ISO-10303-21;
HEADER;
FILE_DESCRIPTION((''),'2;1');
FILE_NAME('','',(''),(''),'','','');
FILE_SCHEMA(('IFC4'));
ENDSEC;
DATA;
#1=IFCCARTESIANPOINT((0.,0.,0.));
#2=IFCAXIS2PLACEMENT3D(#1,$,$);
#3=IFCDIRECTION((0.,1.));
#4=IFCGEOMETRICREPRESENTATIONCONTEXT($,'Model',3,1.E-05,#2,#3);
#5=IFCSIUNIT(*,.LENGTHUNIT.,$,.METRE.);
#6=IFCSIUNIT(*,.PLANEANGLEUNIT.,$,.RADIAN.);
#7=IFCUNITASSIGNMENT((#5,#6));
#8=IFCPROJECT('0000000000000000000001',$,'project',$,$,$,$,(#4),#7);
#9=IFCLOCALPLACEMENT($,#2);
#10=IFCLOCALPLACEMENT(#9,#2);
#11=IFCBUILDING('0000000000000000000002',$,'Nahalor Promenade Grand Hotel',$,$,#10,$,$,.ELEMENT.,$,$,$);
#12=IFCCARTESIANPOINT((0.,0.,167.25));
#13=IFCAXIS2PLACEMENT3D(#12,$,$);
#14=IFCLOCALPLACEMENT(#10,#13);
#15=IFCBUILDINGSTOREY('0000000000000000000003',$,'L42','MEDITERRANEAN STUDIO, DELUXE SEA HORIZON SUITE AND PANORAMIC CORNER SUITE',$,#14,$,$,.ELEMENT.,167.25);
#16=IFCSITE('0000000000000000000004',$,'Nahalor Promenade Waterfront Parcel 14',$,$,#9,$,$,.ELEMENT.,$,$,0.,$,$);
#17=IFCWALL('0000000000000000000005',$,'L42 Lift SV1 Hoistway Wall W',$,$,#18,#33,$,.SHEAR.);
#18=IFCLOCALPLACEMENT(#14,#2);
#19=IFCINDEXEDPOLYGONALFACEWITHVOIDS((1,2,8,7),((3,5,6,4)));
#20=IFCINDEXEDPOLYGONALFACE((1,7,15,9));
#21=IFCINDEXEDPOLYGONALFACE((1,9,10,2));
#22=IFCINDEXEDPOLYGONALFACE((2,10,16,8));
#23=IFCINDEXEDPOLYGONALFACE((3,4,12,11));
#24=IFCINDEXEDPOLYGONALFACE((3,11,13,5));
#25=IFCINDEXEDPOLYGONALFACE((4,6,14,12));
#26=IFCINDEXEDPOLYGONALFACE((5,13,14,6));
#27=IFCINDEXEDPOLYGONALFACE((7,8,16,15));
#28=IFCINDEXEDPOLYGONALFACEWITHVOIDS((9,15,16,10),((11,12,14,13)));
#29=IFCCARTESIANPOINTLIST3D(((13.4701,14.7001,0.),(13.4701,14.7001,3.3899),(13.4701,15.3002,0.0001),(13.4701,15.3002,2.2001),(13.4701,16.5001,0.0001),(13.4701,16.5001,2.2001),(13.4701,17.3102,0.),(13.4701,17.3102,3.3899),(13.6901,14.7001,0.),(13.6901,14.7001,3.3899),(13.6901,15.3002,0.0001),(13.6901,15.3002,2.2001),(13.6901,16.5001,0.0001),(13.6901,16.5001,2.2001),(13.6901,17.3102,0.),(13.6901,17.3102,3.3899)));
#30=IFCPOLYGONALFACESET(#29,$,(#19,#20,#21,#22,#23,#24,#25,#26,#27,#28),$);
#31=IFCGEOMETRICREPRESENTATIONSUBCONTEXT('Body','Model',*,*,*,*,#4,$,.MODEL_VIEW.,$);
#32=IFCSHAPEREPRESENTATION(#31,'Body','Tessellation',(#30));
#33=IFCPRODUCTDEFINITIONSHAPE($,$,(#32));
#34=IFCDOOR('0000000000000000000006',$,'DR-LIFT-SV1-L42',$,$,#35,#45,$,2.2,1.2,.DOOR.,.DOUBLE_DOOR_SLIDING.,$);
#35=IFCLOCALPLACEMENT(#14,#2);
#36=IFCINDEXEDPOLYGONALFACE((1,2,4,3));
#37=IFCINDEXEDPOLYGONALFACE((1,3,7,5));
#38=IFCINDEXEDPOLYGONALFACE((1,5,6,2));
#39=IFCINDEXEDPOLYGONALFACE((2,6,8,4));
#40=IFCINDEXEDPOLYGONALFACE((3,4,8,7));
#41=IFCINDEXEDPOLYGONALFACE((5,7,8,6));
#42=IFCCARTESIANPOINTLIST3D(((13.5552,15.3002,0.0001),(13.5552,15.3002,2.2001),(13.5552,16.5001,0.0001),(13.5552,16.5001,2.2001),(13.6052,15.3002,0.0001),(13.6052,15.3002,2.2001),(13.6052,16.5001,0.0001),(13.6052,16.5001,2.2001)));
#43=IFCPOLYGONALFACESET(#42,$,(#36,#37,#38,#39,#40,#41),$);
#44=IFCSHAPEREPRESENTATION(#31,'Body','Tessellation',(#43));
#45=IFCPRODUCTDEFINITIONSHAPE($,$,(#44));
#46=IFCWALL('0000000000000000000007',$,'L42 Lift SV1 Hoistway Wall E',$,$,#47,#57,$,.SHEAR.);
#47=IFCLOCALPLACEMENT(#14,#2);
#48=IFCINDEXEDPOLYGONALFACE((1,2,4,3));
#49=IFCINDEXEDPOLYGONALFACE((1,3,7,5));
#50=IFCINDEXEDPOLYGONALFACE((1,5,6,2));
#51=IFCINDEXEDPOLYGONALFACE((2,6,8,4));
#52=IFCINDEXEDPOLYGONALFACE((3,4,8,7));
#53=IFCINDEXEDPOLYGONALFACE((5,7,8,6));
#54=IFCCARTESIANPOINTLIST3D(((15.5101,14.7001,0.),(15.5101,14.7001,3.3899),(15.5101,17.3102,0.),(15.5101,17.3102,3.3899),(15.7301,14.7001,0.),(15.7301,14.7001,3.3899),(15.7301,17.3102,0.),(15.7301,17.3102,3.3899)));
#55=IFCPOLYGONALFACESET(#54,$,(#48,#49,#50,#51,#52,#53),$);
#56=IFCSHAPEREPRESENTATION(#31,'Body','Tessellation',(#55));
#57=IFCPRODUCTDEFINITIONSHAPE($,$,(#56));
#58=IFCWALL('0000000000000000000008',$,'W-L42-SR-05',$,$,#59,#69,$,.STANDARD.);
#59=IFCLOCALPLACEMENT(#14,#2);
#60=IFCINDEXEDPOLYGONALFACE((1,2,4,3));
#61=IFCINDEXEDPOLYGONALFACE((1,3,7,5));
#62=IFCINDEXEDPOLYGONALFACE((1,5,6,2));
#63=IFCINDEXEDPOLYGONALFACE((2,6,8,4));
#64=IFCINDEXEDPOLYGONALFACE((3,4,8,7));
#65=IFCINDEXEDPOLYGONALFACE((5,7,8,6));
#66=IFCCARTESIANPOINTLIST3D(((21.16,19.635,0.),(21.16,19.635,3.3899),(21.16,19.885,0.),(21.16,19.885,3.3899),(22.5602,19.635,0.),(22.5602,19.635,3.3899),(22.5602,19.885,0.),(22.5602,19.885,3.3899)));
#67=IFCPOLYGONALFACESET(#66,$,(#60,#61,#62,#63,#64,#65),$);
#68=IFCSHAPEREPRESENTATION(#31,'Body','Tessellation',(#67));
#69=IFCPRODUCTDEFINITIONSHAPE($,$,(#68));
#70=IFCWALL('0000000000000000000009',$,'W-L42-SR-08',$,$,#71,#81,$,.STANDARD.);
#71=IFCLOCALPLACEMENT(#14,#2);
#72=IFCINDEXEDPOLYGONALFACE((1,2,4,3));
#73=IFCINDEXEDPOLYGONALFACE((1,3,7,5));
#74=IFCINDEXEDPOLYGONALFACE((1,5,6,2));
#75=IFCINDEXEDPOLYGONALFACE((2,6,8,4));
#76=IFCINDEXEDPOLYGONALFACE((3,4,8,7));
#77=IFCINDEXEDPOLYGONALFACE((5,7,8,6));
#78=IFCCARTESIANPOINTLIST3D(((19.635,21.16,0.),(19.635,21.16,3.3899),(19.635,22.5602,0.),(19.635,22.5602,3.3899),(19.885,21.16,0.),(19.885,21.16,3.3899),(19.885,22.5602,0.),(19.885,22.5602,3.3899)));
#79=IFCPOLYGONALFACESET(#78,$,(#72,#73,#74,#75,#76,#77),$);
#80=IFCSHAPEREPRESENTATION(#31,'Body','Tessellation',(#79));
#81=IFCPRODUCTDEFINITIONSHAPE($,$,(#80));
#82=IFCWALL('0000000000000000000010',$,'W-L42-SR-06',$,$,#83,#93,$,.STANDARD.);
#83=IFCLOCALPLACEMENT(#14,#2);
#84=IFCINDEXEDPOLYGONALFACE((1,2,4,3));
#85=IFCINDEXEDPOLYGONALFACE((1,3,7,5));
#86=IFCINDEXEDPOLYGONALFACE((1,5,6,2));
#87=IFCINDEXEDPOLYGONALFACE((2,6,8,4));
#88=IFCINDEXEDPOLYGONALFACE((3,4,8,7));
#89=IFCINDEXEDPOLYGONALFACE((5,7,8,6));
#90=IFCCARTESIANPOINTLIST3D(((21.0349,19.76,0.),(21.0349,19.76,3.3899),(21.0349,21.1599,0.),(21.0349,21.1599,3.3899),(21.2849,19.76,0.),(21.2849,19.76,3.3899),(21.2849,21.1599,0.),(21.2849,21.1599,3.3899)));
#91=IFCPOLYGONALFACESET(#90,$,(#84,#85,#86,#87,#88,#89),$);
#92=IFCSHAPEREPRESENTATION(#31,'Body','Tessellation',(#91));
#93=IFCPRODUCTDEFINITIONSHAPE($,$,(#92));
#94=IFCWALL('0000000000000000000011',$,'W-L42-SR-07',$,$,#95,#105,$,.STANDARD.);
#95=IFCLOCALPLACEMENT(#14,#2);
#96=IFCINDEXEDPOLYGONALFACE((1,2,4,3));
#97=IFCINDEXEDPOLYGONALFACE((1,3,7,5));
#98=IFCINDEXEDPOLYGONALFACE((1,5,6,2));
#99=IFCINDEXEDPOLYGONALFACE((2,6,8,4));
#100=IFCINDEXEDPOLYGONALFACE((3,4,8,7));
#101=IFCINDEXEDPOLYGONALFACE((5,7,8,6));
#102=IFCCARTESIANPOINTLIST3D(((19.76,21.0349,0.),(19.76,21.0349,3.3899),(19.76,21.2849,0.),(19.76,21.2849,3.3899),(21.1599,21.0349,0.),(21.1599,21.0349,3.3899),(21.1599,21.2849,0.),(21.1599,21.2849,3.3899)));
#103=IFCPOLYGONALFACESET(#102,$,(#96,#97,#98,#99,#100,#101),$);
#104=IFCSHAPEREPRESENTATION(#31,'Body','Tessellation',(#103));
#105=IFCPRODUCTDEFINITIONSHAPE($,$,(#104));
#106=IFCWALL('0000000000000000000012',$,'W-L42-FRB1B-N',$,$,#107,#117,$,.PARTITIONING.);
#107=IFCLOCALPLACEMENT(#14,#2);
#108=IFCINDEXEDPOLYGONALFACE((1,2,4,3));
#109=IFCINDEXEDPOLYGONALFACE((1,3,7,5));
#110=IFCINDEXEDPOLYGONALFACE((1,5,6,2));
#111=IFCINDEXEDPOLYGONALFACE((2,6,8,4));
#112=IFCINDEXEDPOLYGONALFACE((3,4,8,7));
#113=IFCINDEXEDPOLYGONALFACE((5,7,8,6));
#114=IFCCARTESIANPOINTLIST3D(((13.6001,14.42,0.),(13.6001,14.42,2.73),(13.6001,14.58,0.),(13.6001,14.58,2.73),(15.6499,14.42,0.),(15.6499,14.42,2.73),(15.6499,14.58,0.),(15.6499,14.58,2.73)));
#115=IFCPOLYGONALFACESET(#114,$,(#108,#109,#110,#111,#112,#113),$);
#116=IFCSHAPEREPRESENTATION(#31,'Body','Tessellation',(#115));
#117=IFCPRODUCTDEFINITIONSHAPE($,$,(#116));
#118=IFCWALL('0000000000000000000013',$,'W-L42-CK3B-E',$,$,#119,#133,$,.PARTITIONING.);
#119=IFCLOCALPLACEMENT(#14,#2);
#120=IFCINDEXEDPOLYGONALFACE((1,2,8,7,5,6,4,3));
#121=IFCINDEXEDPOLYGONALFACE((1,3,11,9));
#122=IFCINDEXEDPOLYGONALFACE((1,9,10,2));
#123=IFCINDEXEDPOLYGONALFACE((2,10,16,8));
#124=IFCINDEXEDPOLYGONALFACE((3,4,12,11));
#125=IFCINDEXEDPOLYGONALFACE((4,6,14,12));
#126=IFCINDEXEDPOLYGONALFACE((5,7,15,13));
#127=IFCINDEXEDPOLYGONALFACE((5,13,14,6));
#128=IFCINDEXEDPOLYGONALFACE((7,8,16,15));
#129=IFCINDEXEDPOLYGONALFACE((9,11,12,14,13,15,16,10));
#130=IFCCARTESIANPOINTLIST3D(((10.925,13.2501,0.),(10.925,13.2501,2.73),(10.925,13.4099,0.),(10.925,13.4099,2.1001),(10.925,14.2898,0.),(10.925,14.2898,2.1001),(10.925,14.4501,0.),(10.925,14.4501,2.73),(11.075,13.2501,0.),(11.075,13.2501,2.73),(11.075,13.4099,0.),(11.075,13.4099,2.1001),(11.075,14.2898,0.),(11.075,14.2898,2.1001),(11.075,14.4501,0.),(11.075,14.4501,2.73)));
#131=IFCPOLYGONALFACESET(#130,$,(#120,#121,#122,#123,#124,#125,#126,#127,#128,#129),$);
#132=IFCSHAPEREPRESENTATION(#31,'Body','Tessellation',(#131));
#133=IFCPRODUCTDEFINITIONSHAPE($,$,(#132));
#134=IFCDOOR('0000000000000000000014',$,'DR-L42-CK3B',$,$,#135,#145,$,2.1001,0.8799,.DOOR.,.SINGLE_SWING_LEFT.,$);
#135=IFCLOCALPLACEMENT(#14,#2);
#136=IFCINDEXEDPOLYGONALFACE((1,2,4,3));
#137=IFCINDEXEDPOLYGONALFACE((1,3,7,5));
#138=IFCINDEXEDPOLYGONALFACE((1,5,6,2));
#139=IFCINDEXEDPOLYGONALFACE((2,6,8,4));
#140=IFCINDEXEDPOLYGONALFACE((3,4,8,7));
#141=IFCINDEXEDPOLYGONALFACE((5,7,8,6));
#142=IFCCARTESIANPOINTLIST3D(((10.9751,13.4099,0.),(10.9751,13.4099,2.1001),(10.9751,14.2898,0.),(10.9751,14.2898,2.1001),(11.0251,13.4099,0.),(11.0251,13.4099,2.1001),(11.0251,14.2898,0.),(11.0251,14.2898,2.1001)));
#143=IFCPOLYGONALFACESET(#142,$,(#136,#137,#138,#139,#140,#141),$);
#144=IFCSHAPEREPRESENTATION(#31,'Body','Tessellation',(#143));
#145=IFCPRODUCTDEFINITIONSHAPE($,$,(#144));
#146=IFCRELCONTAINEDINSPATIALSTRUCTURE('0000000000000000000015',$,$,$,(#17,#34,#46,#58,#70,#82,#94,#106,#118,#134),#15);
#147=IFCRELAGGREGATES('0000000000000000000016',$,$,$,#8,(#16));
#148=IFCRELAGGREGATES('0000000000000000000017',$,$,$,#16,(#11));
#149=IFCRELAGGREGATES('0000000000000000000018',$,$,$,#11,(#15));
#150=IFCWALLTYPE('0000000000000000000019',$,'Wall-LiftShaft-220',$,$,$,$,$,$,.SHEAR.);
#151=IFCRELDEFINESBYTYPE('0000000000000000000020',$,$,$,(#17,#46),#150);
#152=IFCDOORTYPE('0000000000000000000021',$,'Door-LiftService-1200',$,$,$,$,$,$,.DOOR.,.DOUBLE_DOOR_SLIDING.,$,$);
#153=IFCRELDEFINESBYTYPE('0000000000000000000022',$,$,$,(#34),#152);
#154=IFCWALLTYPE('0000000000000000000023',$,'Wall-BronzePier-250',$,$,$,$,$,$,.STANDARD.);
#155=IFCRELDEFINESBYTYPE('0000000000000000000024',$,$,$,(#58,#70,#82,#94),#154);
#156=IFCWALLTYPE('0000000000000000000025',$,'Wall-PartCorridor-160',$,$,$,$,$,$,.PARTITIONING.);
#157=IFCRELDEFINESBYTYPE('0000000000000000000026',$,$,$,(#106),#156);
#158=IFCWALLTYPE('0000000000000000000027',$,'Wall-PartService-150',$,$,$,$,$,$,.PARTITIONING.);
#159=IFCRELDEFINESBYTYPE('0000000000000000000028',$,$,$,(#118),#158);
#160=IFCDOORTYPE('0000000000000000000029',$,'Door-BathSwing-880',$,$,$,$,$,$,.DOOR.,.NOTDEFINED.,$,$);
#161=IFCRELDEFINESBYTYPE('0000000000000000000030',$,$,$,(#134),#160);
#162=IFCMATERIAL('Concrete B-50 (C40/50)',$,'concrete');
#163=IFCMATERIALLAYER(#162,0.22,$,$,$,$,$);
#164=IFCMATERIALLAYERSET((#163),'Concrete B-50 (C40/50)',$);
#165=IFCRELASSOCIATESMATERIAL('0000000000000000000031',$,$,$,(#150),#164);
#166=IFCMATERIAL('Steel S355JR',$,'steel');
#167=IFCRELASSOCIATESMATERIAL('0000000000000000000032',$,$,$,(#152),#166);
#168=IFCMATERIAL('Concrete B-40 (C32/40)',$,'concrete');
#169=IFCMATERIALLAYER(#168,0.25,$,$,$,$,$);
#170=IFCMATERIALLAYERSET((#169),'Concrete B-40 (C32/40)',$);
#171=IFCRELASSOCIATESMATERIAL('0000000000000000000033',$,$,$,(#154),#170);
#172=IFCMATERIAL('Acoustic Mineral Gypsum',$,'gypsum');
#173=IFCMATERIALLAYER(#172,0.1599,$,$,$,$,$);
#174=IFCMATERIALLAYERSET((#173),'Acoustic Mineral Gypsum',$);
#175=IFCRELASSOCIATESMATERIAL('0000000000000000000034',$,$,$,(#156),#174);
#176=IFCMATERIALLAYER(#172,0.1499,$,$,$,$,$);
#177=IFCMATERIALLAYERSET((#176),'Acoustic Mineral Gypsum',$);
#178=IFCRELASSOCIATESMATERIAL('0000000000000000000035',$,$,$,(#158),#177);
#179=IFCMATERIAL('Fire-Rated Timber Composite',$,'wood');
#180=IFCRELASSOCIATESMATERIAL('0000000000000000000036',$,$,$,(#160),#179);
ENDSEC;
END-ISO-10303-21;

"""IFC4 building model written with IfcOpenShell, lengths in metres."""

from ifc_helpers import new_model, si_unit, direction, frame, frame_2d, origin, place, context, subcontext, project, spatial, rectangle, extrude, source, transform, mapped, material, layer, layer_set, type_object, element, fill, save


model = new_model("IFC4")

# Units and contexts
model_context = context("Model", 3, precision=1e-05, world=origin(), true_north=direction((0.0, 1.0)))
body_context = subcontext(model_context, "Body", "Model", "MODEL_VIEW")
ifc_project = project(units=[si_unit("LENGTHUNIT", "METRE"), si_unit("PLANEANGLEUNIT", "RADIAN")], contexts=[model_context])

# Site, building, storey
site_placement = place(None, origin())
site = spatial("IfcSite", under=ifc_project, at=site_placement, Name="Nahalor Promenade Waterfront Parcel 14", CompositionType="ELEMENT", RefElevation=0.0)
building_placement = place(site_placement, origin())
building = spatial("IfcBuilding", under=site, at=building_placement, Name="Nahalor Promenade Grand Hotel", CompositionType="ELEMENT")
storey_placement = place(building_placement, frame((0.0, 0.0, 167.25)))
storey = spatial("IfcBuildingStorey", under=building, at=storey_placement, Name="L42", Description="MEDITERRANEAN STUDIO, DELUXE SEA HORIZON SUITE AND PANORAMIC CORNER SUITE", CompositionType="ELEMENT", Elevation=167.25)

# Shared definitions
ifc_material_1 = material(Name="Steel S355JR", Category="steel")

# Shared definitions
ifc_material_2 = material(Name="Concrete B-50 (C40/50)", Category="concrete")
ifc_layer_1 = layer(ifc_material_2, 0.22)
ifc_layer_set_1 = layer_set([ifc_layer_1], Name="Concrete B-50 (C40/50)")
wall_type_1 = type_object("IfcWallType", Name="Wall-LiftShaft-220", PredefinedType="SHEAR", material=ifc_layer_set_1)

# Wall, opening, door
shared_shape_1 = source(origin(), body_context, "Body", "SweptSolid", [
    extrude(rectangle(XDim=2.6101, YDim=0.22, at=frame_2d((1.3052, 0.0))), origin(), (0.0, 0.0, 1.0), 3.3899),
])
wall_1_placement = place(storey_placement, frame((13.5801, 14.7, 0.0), z_axis=(0.0, 0.0, 1.0), x_axis=(0.0, 1.0, 0.0)))
wall_1 = element("IfcWall", 1, at=wall_1_placement, inside=storey, type_object=wall_type_1, Name="L42 Lift SV1 Hoistway Wall W", PredefinedType="SHEAR", context=body_context, shape_type="MappedRepresentation", body=[
    mapped(shared_shape_1, transform((0.0, 0.0, 0.0), scale=1.0)),
])
opening_1_placement = place(wall_1_placement, frame((0.6001, 0.0, 0.0)))
opening_1 = element("IfcOpeningElement", 2, at=opening_1_placement, cuts=wall_1, PredefinedType="OPENING", context=body_context, shape_type="SweptSolid", body=[
    extrude(rectangle(XDim=1.2, YDim=2.2, at=frame_2d((0.6001, 1.1001))), frame((0.0, 0.1199, 0.0), z_axis=(0.0, -1.0, 0.0), x_axis=(1.0, 0.0, 0.0)), (0.0, 0.0, 1.0), 0.24),
])
door_type_1 = type_object("IfcDoorType", Name="Door-LiftService-1200", OperationType="DOUBLE_DOOR_SLIDING", PredefinedType="DOOR", material=ifc_material_1)
shared_shape_2 = source(origin(), body_context, "Body", "SweptSolid", [
    extrude(rectangle(XDim=1.2, YDim=2.2, at=frame_2d((0.6001, 1.1001))), frame((0.0, 0.0249, 0.0), z_axis=(0.0, -1.0, 0.0), x_axis=(1.0, 0.0, 0.0)), (0.0, 0.0, 1.0), 0.05),
])
door_1_placement = place(opening_1_placement, origin())
door_1 = element("IfcDoor", 3, at=door_1_placement, inside=storey, type_object=door_type_1, Name="DR-LIFT-SV1-L42", OperationType="DOUBLE_DOOR_SLIDING", OverallHeight=2.2, OverallWidth=1.2, PredefinedType="DOOR", context=body_context, shape_type="MappedRepresentation", body=[
    mapped(shared_shape_2, transform((0.0, 0.0, 0.0), scale=1.0)),
])
fill(opening_1, door_1)

# Walls
wall_2_placement = place(storey_placement, frame((15.6201, 14.7, 0.0), z_axis=(0.0, 0.0, 1.0), x_axis=(0.0, 1.0, 0.0)))
element("IfcWall", 4, at=wall_2_placement, inside=storey, type_object=wall_type_1, Name="L42 Lift SV1 Hoistway Wall E", PredefinedType="SHEAR", context=body_context, shape_type="MappedRepresentation", body=[
    mapped(shared_shape_1, transform((0.0, 0.0, 0.0), scale=1.0)),
])
ifc_material_3 = material(Name="Concrete B-40 (C32/40)", Category="concrete")
ifc_layer_2 = layer(ifc_material_3, 0.25)
ifc_layer_set_2 = layer_set([ifc_layer_2], Name="Concrete B-40 (C32/40)")
wall_type_2 = type_object("IfcWallType", Name="Wall-BronzePier-250", PredefinedType="STANDARD", material=ifc_layer_set_2)
shared_shape_3 = source(origin(), body_context, "Body", "SweptSolid", [
    extrude(rectangle(XDim=1.4001, YDim=0.25, at=frame_2d((0.7002, 0.0))), origin(), (0.0, 0.0, 1.0), 3.3899),
])
for number, where, z_axis, x_axis, name in (
    (5, (21.1599, 19.76, 0.0), (0.0, 0.0, 1.0), (1.0, 0.0, 0.0), "W-L42-SR-05"),
    (6, (19.76, 21.1599, 0.0), (0.0, 0.0, 1.0), (0.0, 1.0, 0.0), "W-L42-SR-08"),
):
    element("IfcWall", number, at=place(storey_placement, frame(where, z_axis=z_axis, x_axis=x_axis)), inside=storey, type_object=wall_type_2, Name=name, PredefinedType="STANDARD", context=body_context, shape_type="MappedRepresentation", body=[
        mapped(shared_shape_3, transform((0.0, 0.0, 0.0), scale=1.0)),
    ])
shared_shape_4 = source(origin(), body_context, "Body", "SweptSolid", [
    extrude(rectangle(XDim=1.3999, YDim=0.25, at=frame_2d((0.7, 0.0))), origin(), (0.0, 0.0, 1.0), 3.3899),
])
for number, where, z_axis, x_axis, name in (
    (7, (21.1599, 19.76, 0.0), (0.0, 0.0, 1.0), (0.0, 1.0, 0.0), "W-L42-SR-06"),
    (8, (19.76, 21.1599, 0.0), (0.0, 0.0, 1.0), (1.0, 0.0, 0.0), "W-L42-SR-07"),
):
    element("IfcWall", number, at=place(storey_placement, frame(where, z_axis=z_axis, x_axis=x_axis)), inside=storey, type_object=wall_type_2, Name=name, PredefinedType="STANDARD", context=body_context, shape_type="MappedRepresentation", body=[
        mapped(shared_shape_4, transform((0.0, 0.0, 0.0), scale=1.0)),
    ])
ifc_material_4 = material(Name="Acoustic Mineral Gypsum", Category="gypsum")
ifc_layer_3 = layer(ifc_material_4, 0.1599)
ifc_layer_set_3 = layer_set([ifc_layer_3], Name="Acoustic Mineral Gypsum")
wall_type_3 = type_object("IfcWallType", Name="Wall-PartCorridor-160", PredefinedType="PARTITIONING", material=ifc_layer_set_3)
shared_shape_5 = source(origin(), body_context, "Body", "SweptSolid", [
    extrude(rectangle(XDim=2.0498, YDim=0.1599, at=frame_2d((1.0249, 0.0))), origin(), (0.0, 0.0, 1.0), 2.73),
])
wall_3_placement = place(storey_placement, frame((13.6001, 14.5, 0.0), z_axis=(0.0, 0.0, 1.0), x_axis=(1.0, 0.0, 0.0)))
element("IfcWall", 9, at=wall_3_placement, inside=storey, type_object=wall_type_3, Name="W-L42-FRB1B-N", PredefinedType="PARTITIONING", context=body_context, shape_type="MappedRepresentation", body=[
    mapped(shared_shape_5, transform((0.0, 0.0, 0.0), scale=1.0)),
])

# Wall, opening, door
ifc_layer_4 = layer(ifc_material_4, 0.1499)
ifc_layer_set_4 = layer_set([ifc_layer_4], Name="Acoustic Mineral Gypsum")
wall_type_4 = type_object("IfcWallType", Name="Wall-PartService-150", PredefinedType="PARTITIONING", material=ifc_layer_set_4)
shared_shape_6 = source(origin(), body_context, "Body", "SweptSolid", [
    extrude(rectangle(XDim=1.2, YDim=0.1499, at=frame_2d((0.6001, 0.0))), origin(), (0.0, 0.0, 1.0), 2.73),
])
wall_4_placement = place(storey_placement, frame((11.0, 13.25, 0.0), z_axis=(0.0, 0.0, 1.0), x_axis=(0.0, 1.0, 0.0)))
wall_4 = element("IfcWall", 10, at=wall_4_placement, inside=storey, type_object=wall_type_4, Name="W-L42-CK3B-E", PredefinedType="PARTITIONING", context=body_context, shape_type="MappedRepresentation", body=[
    mapped(shared_shape_6, transform((0.0, 0.0, 0.0), scale=1.0)),
])
opening_2_placement = place(wall_4_placement, frame((0.1599, 0.0, 0.0)))
opening_2 = element("IfcOpeningElement", 11, at=opening_2_placement, cuts=wall_4, PredefinedType="OPENING", context=body_context, shape_type="SweptSolid", body=[
    extrude(rectangle(XDim=0.8799, YDim=2.1001, at=frame_2d((0.4399, 1.05))), frame((0.0, 0.085, 0.0), z_axis=(0.0, -1.0, 0.0), x_axis=(1.0, 0.0, 0.0)), (0.0, 0.0, 1.0), 0.1699),
])
ifc_material_5 = material(Name="Fire-Rated Timber Composite", Category="wood")
door_type_2 = type_object("IfcDoorType", Name="Door-BathSwing-880", OperationType="NOTDEFINED", PredefinedType="DOOR", material=ifc_material_5)
shared_shape_7 = source(origin(), body_context, "Body", "SweptSolid", [
    extrude(rectangle(XDim=0.8799, YDim=2.1001, at=frame_2d((0.4399, 1.05))), frame((0.0, 0.0249, 0.0), z_axis=(0.0, -1.0, 0.0), x_axis=(1.0, 0.0, 0.0)), (0.0, 0.0, 1.0), 0.05),
])
door_2_placement = place(opening_2_placement, origin())
door_2 = element("IfcDoor", 12, at=door_2_placement, inside=storey, type_object=door_type_2, Name="DR-L42-CK3B", OperationType="SINGLE_SWING_LEFT", OverallHeight=2.1001, OverallWidth=0.8799, PredefinedType="DOOR", context=body_context, shape_type="MappedRepresentation", body=[
    mapped(shared_shape_7, transform((0.0, 0.0, 0.0), scale=1.0)),
])
fill(opening_2, door_2)

save(model, "model.ifc")
